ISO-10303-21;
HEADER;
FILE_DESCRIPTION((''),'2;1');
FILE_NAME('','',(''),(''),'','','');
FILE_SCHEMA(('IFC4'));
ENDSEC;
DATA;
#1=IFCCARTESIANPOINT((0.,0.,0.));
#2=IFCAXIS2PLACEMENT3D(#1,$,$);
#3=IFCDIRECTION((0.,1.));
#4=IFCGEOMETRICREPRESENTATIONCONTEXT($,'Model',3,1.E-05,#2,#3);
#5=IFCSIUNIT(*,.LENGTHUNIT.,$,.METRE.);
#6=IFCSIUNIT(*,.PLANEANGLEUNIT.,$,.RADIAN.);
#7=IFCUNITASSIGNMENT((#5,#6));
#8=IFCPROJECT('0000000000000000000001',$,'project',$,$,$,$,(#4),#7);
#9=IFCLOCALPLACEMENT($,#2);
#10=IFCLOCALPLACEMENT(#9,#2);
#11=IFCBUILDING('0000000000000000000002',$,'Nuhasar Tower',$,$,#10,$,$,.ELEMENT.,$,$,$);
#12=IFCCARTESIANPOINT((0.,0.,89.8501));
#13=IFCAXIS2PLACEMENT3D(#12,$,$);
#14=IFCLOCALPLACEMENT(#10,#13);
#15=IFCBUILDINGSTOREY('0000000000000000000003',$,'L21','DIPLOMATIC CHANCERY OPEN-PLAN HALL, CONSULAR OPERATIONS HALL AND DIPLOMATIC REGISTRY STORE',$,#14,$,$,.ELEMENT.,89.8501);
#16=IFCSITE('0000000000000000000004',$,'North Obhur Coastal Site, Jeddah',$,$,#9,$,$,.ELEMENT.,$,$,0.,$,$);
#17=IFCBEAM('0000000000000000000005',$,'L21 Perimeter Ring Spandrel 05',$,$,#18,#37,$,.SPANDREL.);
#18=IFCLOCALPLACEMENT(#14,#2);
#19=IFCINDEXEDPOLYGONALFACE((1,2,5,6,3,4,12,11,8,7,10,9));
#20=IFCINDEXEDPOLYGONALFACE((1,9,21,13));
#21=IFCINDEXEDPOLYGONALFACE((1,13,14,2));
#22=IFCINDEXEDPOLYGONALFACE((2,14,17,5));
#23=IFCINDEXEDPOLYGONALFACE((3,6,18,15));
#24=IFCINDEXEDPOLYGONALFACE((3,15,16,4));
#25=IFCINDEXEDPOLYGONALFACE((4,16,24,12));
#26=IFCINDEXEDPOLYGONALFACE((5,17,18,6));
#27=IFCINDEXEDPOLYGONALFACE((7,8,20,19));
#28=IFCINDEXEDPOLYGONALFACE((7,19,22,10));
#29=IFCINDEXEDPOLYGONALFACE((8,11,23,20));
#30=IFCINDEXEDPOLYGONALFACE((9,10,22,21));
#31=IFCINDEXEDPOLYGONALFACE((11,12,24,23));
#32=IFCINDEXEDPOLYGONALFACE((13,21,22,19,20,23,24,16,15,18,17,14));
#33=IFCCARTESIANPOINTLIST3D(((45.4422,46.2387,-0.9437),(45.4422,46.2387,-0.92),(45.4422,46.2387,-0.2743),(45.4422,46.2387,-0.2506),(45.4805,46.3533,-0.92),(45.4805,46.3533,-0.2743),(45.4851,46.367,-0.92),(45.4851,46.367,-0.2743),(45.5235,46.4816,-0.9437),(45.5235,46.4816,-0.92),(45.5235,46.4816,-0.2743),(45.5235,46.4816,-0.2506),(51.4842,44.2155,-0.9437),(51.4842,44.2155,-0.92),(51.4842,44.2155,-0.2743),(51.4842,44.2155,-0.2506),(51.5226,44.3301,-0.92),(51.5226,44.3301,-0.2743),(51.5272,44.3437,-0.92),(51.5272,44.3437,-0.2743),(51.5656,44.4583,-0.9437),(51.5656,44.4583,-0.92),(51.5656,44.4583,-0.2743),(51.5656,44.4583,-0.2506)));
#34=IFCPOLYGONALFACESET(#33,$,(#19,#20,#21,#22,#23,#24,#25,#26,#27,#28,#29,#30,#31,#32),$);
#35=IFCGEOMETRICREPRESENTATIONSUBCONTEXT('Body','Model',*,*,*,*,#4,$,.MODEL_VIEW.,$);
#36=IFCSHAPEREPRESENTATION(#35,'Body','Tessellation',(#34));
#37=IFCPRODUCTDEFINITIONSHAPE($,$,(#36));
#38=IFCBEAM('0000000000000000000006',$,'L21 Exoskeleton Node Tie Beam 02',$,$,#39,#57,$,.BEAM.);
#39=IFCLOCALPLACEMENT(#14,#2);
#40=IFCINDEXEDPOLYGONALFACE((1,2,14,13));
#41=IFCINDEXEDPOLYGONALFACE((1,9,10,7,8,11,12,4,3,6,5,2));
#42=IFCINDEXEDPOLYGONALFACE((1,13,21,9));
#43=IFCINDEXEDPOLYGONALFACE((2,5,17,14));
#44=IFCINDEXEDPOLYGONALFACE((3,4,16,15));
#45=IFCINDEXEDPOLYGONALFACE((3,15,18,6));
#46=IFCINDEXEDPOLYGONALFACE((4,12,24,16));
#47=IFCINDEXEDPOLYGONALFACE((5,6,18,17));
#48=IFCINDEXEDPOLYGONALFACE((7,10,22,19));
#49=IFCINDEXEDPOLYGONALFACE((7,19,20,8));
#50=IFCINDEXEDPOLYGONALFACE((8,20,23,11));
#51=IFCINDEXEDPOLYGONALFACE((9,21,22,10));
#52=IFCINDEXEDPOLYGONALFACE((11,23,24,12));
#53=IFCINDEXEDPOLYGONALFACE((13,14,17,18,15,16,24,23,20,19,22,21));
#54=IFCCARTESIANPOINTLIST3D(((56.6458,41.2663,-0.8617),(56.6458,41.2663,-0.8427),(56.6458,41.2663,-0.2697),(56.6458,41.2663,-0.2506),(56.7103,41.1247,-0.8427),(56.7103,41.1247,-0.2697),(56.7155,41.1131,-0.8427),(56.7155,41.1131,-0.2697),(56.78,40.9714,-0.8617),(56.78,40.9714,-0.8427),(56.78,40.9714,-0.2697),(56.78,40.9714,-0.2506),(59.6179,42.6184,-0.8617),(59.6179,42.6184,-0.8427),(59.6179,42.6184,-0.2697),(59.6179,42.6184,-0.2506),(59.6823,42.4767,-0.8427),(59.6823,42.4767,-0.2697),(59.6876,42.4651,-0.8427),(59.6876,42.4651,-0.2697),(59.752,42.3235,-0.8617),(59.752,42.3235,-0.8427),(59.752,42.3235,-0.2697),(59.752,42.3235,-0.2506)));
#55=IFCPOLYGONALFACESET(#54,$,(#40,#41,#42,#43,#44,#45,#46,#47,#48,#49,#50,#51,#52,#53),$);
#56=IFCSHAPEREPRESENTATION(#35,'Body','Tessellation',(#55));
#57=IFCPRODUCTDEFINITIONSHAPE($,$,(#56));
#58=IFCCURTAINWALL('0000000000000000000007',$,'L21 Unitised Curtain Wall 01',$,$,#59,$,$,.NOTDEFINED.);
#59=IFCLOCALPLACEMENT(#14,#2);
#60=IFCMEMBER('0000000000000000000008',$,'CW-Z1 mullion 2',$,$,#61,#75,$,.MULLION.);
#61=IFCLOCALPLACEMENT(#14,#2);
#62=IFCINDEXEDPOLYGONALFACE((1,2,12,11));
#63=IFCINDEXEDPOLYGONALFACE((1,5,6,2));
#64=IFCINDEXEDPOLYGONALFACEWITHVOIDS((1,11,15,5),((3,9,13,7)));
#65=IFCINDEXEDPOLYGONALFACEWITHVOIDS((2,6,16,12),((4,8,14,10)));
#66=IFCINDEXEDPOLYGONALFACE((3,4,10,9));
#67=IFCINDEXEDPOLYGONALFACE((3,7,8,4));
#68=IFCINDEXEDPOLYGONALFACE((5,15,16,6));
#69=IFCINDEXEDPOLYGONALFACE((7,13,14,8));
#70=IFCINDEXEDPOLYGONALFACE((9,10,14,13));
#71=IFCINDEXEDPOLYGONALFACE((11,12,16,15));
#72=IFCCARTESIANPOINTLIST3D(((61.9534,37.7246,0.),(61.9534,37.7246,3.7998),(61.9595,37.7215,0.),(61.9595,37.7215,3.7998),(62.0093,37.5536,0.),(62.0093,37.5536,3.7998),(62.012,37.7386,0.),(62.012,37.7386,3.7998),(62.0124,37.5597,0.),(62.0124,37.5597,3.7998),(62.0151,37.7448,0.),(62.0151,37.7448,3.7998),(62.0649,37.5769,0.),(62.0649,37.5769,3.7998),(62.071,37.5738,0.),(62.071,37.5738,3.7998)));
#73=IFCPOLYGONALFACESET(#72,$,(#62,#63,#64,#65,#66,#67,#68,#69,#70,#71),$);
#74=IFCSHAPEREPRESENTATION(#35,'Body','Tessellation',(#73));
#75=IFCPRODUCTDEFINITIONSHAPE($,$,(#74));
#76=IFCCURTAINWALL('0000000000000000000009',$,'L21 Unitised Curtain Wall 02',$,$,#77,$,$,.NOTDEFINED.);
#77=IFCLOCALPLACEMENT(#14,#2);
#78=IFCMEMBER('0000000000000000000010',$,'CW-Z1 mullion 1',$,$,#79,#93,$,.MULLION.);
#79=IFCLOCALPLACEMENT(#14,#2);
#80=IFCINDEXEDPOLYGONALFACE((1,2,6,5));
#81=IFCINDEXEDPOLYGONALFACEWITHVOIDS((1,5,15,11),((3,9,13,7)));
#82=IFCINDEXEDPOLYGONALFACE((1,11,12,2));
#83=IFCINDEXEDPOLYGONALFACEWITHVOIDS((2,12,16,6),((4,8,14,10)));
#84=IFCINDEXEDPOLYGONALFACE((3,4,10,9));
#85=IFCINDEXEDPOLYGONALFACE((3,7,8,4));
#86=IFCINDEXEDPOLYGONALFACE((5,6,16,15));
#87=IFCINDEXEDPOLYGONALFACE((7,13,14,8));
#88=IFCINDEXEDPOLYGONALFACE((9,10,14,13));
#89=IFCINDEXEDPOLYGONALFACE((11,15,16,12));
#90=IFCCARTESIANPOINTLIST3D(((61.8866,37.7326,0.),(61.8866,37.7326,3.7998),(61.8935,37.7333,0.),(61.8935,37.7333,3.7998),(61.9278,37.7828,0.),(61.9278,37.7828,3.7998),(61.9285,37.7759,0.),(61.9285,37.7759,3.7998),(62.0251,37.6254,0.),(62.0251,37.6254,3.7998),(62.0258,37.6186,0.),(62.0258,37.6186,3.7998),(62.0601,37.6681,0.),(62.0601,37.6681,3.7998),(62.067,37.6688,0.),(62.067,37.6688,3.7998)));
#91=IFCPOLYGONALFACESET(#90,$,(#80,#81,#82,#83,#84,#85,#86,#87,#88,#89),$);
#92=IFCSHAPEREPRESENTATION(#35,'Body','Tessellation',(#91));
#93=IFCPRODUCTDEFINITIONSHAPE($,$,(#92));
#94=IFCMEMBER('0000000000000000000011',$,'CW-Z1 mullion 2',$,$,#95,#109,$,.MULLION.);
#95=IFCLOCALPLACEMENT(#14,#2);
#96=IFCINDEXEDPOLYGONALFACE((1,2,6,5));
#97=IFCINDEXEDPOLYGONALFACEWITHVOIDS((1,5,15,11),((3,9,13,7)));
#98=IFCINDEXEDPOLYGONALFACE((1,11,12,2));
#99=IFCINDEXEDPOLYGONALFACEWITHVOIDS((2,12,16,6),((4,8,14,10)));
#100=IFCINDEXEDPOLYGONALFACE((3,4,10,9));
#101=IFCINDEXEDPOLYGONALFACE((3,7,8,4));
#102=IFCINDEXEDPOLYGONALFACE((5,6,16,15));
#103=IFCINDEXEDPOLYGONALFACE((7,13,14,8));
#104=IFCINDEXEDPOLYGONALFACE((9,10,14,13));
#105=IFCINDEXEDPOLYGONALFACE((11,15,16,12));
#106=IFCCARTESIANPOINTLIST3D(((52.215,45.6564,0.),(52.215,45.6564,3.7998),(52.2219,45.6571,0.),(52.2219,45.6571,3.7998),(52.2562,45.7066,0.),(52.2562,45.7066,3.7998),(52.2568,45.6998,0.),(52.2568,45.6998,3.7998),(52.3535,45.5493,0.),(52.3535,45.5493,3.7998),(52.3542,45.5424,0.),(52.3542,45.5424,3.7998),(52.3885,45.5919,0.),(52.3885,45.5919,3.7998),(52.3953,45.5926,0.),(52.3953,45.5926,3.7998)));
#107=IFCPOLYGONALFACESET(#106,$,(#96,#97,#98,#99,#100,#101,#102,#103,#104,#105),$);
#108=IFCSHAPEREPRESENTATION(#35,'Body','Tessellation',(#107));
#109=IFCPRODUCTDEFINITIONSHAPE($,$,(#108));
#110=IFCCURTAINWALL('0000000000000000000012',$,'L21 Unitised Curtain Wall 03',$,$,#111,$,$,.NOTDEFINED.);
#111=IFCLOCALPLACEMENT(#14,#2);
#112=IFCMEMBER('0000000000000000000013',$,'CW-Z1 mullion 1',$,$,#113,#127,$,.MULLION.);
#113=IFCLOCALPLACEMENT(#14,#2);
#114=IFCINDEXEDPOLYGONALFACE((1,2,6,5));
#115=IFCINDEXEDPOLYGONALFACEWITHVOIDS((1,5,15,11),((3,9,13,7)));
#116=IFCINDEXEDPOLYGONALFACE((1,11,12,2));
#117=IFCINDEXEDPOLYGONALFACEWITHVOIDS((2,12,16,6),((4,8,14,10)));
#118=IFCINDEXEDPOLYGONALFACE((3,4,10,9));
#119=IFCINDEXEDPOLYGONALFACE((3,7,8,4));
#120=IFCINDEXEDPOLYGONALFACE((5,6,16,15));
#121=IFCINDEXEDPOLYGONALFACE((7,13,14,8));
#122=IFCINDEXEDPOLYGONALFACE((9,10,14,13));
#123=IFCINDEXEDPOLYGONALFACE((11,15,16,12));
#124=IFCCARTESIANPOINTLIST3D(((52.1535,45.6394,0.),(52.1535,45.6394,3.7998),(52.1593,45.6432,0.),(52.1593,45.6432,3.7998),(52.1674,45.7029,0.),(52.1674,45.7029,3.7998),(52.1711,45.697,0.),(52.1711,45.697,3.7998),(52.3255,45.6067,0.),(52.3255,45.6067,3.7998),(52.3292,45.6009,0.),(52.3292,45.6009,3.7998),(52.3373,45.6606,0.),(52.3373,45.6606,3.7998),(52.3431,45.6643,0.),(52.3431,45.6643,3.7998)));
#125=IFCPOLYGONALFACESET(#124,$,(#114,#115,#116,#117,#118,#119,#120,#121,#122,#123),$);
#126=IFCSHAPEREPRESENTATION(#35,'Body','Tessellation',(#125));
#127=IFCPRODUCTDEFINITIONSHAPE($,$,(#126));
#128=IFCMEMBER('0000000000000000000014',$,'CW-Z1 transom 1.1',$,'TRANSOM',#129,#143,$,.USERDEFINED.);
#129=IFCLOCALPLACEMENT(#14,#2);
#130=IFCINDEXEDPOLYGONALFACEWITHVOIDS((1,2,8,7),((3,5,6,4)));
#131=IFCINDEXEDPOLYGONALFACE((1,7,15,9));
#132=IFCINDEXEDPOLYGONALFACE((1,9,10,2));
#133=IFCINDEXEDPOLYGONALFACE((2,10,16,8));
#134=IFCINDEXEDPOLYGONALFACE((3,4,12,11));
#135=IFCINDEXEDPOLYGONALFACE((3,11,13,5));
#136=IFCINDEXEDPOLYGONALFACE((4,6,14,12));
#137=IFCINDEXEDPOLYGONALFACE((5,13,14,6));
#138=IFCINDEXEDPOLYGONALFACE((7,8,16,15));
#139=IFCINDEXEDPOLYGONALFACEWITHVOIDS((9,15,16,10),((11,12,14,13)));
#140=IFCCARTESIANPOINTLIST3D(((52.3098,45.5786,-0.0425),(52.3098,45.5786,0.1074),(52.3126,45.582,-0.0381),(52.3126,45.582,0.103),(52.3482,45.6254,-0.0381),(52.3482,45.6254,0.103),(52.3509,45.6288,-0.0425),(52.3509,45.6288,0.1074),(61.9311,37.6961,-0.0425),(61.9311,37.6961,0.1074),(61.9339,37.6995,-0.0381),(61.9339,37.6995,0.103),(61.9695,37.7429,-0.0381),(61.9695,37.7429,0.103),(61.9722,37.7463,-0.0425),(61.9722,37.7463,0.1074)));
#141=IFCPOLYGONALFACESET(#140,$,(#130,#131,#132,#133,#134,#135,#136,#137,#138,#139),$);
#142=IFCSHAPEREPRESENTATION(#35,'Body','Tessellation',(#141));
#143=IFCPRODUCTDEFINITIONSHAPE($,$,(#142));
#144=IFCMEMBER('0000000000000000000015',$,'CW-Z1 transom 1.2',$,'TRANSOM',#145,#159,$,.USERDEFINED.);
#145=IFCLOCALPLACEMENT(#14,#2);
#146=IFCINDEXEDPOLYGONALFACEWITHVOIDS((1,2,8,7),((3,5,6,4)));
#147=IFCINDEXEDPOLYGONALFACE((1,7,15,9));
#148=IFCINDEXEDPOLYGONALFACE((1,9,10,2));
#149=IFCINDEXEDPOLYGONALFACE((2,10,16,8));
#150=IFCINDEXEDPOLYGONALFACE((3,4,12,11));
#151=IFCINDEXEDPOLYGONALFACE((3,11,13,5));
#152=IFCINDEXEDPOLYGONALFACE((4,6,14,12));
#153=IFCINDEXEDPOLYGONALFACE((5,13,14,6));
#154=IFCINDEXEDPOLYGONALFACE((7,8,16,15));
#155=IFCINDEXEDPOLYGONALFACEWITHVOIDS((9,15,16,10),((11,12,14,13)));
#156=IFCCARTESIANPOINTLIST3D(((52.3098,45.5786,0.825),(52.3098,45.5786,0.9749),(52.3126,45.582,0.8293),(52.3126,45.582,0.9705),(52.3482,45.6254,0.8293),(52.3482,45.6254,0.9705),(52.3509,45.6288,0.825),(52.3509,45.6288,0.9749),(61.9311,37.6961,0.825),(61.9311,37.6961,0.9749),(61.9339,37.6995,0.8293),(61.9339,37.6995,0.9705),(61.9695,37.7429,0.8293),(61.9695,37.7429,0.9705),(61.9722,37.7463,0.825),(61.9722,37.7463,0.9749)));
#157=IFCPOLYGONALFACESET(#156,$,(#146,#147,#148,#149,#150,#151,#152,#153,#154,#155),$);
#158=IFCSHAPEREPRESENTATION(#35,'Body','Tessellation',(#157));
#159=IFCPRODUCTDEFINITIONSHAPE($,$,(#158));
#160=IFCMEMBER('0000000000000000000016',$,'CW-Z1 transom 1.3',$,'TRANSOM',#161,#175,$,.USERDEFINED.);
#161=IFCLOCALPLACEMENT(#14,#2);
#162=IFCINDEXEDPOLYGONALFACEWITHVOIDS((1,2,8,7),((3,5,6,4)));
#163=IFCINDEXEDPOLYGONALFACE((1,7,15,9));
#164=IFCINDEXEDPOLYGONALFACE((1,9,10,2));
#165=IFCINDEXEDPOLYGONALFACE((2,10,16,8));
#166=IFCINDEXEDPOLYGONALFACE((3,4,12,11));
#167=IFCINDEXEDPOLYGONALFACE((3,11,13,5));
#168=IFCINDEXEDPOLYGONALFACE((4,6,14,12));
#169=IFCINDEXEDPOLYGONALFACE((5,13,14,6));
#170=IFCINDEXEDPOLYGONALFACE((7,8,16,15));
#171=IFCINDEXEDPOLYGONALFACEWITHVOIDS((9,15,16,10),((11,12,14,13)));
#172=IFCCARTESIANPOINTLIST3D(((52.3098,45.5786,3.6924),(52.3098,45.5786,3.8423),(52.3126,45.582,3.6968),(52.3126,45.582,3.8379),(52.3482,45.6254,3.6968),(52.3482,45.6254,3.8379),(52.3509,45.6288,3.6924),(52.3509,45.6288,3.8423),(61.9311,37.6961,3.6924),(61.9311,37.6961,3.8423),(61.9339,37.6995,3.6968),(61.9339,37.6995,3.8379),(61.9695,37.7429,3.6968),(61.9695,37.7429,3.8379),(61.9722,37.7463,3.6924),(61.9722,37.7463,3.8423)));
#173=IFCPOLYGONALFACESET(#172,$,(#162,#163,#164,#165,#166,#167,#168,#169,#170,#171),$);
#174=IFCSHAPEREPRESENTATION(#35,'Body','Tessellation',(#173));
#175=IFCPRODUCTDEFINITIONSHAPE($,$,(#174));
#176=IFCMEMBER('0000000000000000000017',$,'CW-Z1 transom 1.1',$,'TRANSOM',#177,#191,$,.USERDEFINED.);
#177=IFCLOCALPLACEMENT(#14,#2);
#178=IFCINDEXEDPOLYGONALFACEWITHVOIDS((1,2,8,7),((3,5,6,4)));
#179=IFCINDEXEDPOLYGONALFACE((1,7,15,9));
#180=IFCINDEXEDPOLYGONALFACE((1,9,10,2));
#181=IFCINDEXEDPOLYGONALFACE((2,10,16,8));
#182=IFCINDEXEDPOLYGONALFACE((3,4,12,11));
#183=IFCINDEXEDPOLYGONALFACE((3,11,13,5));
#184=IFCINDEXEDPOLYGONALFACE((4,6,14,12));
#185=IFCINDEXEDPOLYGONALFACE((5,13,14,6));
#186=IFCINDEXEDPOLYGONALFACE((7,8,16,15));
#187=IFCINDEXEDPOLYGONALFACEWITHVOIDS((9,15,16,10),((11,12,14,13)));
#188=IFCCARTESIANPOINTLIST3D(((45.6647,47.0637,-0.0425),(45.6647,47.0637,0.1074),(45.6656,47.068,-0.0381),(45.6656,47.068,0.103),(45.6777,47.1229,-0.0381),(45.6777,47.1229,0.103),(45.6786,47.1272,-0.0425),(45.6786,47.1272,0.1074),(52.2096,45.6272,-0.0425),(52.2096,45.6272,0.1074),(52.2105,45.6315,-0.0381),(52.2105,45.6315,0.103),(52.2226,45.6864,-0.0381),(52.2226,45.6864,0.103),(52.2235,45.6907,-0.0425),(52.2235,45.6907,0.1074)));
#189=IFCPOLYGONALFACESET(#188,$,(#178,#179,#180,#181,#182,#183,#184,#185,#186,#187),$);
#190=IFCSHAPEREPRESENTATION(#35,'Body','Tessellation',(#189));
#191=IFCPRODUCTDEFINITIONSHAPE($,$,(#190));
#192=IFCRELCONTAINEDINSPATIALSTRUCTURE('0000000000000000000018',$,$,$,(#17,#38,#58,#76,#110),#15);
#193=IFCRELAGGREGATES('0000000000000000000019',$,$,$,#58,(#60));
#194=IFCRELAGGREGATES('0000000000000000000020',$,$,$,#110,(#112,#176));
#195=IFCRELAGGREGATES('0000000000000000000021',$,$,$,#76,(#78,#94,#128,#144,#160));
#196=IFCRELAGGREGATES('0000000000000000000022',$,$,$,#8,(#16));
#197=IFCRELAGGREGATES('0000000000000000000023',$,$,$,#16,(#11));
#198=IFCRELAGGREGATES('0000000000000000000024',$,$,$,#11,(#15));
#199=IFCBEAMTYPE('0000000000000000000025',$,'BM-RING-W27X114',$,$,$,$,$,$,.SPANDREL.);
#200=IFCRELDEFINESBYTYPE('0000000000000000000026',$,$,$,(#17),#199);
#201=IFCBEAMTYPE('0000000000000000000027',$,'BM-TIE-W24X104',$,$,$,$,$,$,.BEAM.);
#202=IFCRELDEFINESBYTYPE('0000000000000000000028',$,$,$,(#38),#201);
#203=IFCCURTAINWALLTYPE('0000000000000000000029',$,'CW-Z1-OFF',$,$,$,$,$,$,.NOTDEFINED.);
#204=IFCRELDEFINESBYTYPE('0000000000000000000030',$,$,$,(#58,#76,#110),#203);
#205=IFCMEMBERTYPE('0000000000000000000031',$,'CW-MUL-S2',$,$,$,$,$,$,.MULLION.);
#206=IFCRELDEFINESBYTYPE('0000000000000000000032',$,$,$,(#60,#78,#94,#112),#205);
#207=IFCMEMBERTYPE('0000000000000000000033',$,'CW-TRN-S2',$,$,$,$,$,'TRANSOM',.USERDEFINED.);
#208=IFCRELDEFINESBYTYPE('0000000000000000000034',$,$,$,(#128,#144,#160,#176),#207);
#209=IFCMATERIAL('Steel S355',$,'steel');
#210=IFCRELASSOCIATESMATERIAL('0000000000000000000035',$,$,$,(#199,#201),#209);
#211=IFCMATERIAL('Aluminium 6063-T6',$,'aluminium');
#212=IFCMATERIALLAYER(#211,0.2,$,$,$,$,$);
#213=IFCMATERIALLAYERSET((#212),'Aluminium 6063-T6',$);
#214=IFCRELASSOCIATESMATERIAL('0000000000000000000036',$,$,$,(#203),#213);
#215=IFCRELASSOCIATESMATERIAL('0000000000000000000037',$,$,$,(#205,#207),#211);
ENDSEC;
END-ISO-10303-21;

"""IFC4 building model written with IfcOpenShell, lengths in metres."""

from ifc_helpers import new_model, si_unit, direction, frame, origin, origin_2d, place, context, subcontext, project, spatial, hollow_rectangle, i_section, extrude, material, layer, layer_set, material_profile, profile_set, type_object, element, aggregate, save


model = new_model("IFC4")

# Units and contexts
model_context = context("Model", 3, precision=1e-05, world=origin(), true_north=direction((0.0, 1.0)))
body_context = subcontext(model_context, "Body", "Model", "MODEL_VIEW")
ifc_project = project(units=[si_unit("LENGTHUNIT", "METRE"), si_unit("PLANEANGLEUNIT", "RADIAN")], contexts=[model_context])

# Site, building, storey
site_placement = place(None, origin())
site = spatial("IfcSite", under=ifc_project, at=site_placement, Name="North Obhur Coastal Site, Jeddah", CompositionType="ELEMENT", RefElevation=0.0)
building_placement = place(site_placement, origin())
building = spatial("IfcBuilding", under=site, at=building_placement, Name="Nuhasar Tower", CompositionType="ELEMENT")
storey_placement = place(building_placement, frame((0.0, 0.0, 89.8501)))
storey = spatial("IfcBuildingStorey", under=building, at=storey_placement, Name="L21", Description="DIPLOMATIC CHANCERY OPEN-PLAN HALL, CONSULAR OPERATIONS HALL AND DIPLOMATIC REGISTRY STORE", CompositionType="ELEMENT", Elevation=89.8501)

# Beams
ifc_material_1 = material(Name="Steel S355", Category="steel")
ifc_material_profile_1 = material_profile(ifc_material_1, i_section(OverallWidth=0.2561, OverallDepth=0.6931, WebThickness=0.0144, FlangeThickness=0.0237, at=origin_2d()), Name="W27X114")
ifc_profile_set_1 = profile_set([ifc_material_profile_1], Name="Steel S355")
beam_type_1 = type_object("IfcBeamType", Name="BM-RING-W27X114", PredefinedType="SPANDREL", material=ifc_profile_set_1)
beam_1_placement = place(storey_placement, frame((51.5249, 44.3369, -0.5972), z_axis=(-0.948249, 0.317526, 0.0), x_axis=(-0.317526, -0.948249, 0.0)))
element("IfcBeam", 1, at=beam_1_placement, inside=storey, type_object=beam_type_1, Name="L21 Perimeter Ring Spandrel 05", PredefinedType="SPANDREL", context=body_context, shape_type="SweptSolid", body=[
    extrude(i_section(OverallWidth=0.2561, OverallDepth=0.6931, WebThickness=0.0144, FlangeThickness=0.0237, at=origin_2d()), origin(), (0.0, 0.0, 1.0), 6.3718),
])
ifc_material_profile_2 = material_profile(ifc_material_1, i_section(OverallWidth=0.324, OverallDepth=0.6111, WebThickness=0.0127, FlangeThickness=0.019, at=origin_2d()), Name="W24X104")
ifc_profile_set_2 = profile_set([ifc_material_profile_2], Name="Steel S355")
beam_type_2 = type_object("IfcBeamType", Name="BM-TIE-W24X104", PredefinedType="BEAM", material=ifc_profile_set_2)
beam_2_placement = place(storey_placement, frame((56.7129, 41.1189, -0.5562), z_axis=(0.910244, 0.414073, 0.0), x_axis=(-0.414073, 0.910244, 0.0)))
element("IfcBeam", 2, at=beam_2_placement, inside=storey, type_object=beam_type_2, Name="L21 Exoskeleton Node Tie Beam 02", PredefinedType="BEAM", context=body_context, shape_type="SweptSolid", body=[
    extrude(i_section(OverallWidth=0.324, OverallDepth=0.6111, WebThickness=0.0127, FlangeThickness=0.019, at=origin_2d()), origin(), (0.0, 0.0, 1.0), 3.2651),
])

# Curtain wall, member
ifc_material_2 = material(Name="Aluminium 6063-T6", Category="aluminium")
ifc_layer_1 = layer(ifc_material_2, 0.2)
ifc_layer_set_1 = layer_set([ifc_layer_1], Name="Aluminium 6063-T6")
curtain_wall_type = type_object("IfcCurtainWallType", Name="CW-Z1-OFF", PredefinedType="NOTDEFINED", material=ifc_layer_set_1)
curtain_wall_1_placement = place(storey_placement, origin())
curtain_wall_1 = element("IfcCurtainWall", 3, at=curtain_wall_1_placement, inside=storey, type_object=curtain_wall_type, Name="L21 Unitised Curtain Wall 01", PredefinedType="NOTDEFINED")
ifc_material_profile_3 = material_profile(ifc_material_2, hollow_rectangle(XDim=0.0649, YDim=0.1799, WallThickness=0.0049, at=origin_2d()), Name="CWM-2")
ifc_profile_set_3 = profile_set([ifc_material_profile_3], Name="Aluminium 6063-T6")
member_type_1 = type_object("IfcMemberType", Name="CW-MUL-S2", PredefinedType="MULLION", material=ifc_profile_set_3)
member_1_placement = place(storey_placement, frame((62.0122, 37.6492, 0.0), z_axis=(0.0, 0.0, 1.0), x_axis=(-0.950468, -0.310824, 0.0)))
member_1 = element("IfcMember", 4, at=member_1_placement, type_object=member_type_1, Name="CW-Z1 mullion 2", PredefinedType="MULLION", context=body_context, shape_type="SweptSolid", body=[
    extrude(hollow_rectangle(XDim=0.0649, YDim=0.1799, WallThickness=0.0049, at=origin_2d()), origin(), (0.0, 0.0, 1.0), 3.7998),
])
aggregate(curtain_wall_1, [member_1])

# Curtain wall, members
curtain_wall_2_placement = place(storey_placement, origin())
curtain_wall_2 = element("IfcCurtainWall", 5, at=curtain_wall_2_placement, inside=storey, type_object=curtain_wall_type, Name="L21 Unitised Curtain Wall 02", PredefinedType="NOTDEFINED")
member_2_placement = place(storey_placement, frame((61.9768, 37.7007, 0.0), z_axis=(0.0, 0.0, 1.0), x_axis=(-0.633745, -0.773542, 0.0)))
member_2 = element("IfcMember", 6, at=member_2_placement, type_object=member_type_1, Name="CW-Z1 mullion 1", PredefinedType="MULLION", context=body_context, shape_type="SweptSolid", body=[
    extrude(hollow_rectangle(XDim=0.0649, YDim=0.1799, WallThickness=0.0049, at=origin_2d()), origin(), (0.0, 0.0, 1.0), 3.7998),
])
member_3_placement = place(storey_placement, frame((52.3052, 45.6245, 0.0), z_axis=(0.0, 0.0, 1.0), x_axis=(-0.633745, -0.773542, 0.0)))
member_3 = element("IfcMember", 7, at=member_3_placement, type_object=member_type_1, Name="CW-Z1 mullion 2", PredefinedType="MULLION", context=body_context, shape_type="SweptSolid", body=[
    extrude(hollow_rectangle(XDim=0.0649, YDim=0.1799, WallThickness=0.0049, at=origin_2d()), origin(), (0.0, 0.0, 1.0), 3.7998),
])

# Curtain wall, member
curtain_wall_3_placement = place(storey_placement, origin())
curtain_wall_3 = element("IfcCurtainWall", 8, at=curtain_wall_3_placement, inside=storey, type_object=curtain_wall_type, Name="L21 Unitised Curtain Wall 03", PredefinedType="NOTDEFINED")
member_4_placement = place(storey_placement, frame((52.2483, 45.6519, 0.0), z_axis=(0.0, 0.0, 1.0), x_axis=(-0.214399, -0.976746, 0.0)))
member_4 = element("IfcMember", 9, at=member_4_placement, type_object=member_type_1, Name="CW-Z1 mullion 1", PredefinedType="MULLION", context=body_context, shape_type="SweptSolid", body=[
    extrude(hollow_rectangle(XDim=0.0649, YDim=0.1799, WallThickness=0.0049, at=origin_2d()), origin(), (0.0, 0.0, 1.0), 3.7998),
])

# Members
ifc_material_profile_4 = material_profile(ifc_material_2, hollow_rectangle(XDim=0.0649, YDim=0.1499, WallThickness=0.0044, at=origin_2d()), Name="CWT-2")
ifc_profile_set_4 = profile_set([ifc_material_profile_4], Name="Aluminium 6063-T6")
member_type_2 = type_object("IfcMemberType", Name="CW-TRN-S2", ElementType="TRANSOM", PredefinedType="USERDEFINED", material=ifc_profile_set_4)
member_5_placement = place(storey_placement, frame((61.9517, 37.7212, 0.0325), z_axis=(-0.773541, 0.633746, 0.0), x_axis=(-0.633746, -0.773541, 0.0)))
member_5 = element("IfcMember", 10, at=member_5_placement, type_object=member_type_2, Name="CW-Z1 transom 1.1", ObjectType="TRANSOM", PredefinedType="USERDEFINED", context=body_context, shape_type="SweptSolid", body=[
    extrude(hollow_rectangle(XDim=0.0649, YDim=0.1499, WallThickness=0.0044, at=origin_2d()), origin(), (0.0, 0.0, 1.0), 12.438),
])
member_6_placement = place(storey_placement, frame((61.9517, 37.7212, 0.8999), z_axis=(-0.773541, 0.633746, 0.0), x_axis=(-0.633746, -0.773541, 0.0)))
member_6 = element("IfcMember", 11, at=member_6_placement, type_object=member_type_2, Name="CW-Z1 transom 1.2", ObjectType="TRANSOM", PredefinedType="USERDEFINED", context=body_context, shape_type="SweptSolid", body=[
    extrude(hollow_rectangle(XDim=0.0649, YDim=0.1499, WallThickness=0.0044, at=origin_2d()), origin(), (0.0, 0.0, 1.0), 12.438),
])
member_7_placement = place(storey_placement, frame((61.9517, 37.7212, 3.7673), z_axis=(-0.773541, 0.633746, 0.0), x_axis=(-0.633746, -0.773541, 0.0)))
member_7 = element("IfcMember", 12, at=member_7_placement, type_object=member_type_2, Name="CW-Z1 transom 1.3", ObjectType="TRANSOM", PredefinedType="USERDEFINED", context=body_context, shape_type="SweptSolid", body=[
    extrude(hollow_rectangle(XDim=0.0649, YDim=0.1499, WallThickness=0.0044, at=origin_2d()), origin(), (0.0, 0.0, 1.0), 12.438),
])
member_8_placement = place(storey_placement, frame((52.2166, 45.6589, 0.0325), z_axis=(-0.97675, 0.214384, 0.0), x_axis=(-0.214384, -0.97675, 0.0)))
member_8 = element("IfcMember", 13, at=member_8_placement, type_object=member_type_2, Name="CW-Z1 transom 1.1", ObjectType="TRANSOM", PredefinedType="USERDEFINED", context=body_context, shape_type="SweptSolid", body=[
    extrude(hollow_rectangle(XDim=0.0649, YDim=0.1499, WallThickness=0.0044, at=origin_2d()), origin(), (0.0, 0.0, 1.0), 6.7007),
])

aggregate(curtain_wall_3, [member_4, member_8])
aggregate(curtain_wall_2, [member_2, member_3, member_5, member_6, member_7])

save(model, "model.ifc")
